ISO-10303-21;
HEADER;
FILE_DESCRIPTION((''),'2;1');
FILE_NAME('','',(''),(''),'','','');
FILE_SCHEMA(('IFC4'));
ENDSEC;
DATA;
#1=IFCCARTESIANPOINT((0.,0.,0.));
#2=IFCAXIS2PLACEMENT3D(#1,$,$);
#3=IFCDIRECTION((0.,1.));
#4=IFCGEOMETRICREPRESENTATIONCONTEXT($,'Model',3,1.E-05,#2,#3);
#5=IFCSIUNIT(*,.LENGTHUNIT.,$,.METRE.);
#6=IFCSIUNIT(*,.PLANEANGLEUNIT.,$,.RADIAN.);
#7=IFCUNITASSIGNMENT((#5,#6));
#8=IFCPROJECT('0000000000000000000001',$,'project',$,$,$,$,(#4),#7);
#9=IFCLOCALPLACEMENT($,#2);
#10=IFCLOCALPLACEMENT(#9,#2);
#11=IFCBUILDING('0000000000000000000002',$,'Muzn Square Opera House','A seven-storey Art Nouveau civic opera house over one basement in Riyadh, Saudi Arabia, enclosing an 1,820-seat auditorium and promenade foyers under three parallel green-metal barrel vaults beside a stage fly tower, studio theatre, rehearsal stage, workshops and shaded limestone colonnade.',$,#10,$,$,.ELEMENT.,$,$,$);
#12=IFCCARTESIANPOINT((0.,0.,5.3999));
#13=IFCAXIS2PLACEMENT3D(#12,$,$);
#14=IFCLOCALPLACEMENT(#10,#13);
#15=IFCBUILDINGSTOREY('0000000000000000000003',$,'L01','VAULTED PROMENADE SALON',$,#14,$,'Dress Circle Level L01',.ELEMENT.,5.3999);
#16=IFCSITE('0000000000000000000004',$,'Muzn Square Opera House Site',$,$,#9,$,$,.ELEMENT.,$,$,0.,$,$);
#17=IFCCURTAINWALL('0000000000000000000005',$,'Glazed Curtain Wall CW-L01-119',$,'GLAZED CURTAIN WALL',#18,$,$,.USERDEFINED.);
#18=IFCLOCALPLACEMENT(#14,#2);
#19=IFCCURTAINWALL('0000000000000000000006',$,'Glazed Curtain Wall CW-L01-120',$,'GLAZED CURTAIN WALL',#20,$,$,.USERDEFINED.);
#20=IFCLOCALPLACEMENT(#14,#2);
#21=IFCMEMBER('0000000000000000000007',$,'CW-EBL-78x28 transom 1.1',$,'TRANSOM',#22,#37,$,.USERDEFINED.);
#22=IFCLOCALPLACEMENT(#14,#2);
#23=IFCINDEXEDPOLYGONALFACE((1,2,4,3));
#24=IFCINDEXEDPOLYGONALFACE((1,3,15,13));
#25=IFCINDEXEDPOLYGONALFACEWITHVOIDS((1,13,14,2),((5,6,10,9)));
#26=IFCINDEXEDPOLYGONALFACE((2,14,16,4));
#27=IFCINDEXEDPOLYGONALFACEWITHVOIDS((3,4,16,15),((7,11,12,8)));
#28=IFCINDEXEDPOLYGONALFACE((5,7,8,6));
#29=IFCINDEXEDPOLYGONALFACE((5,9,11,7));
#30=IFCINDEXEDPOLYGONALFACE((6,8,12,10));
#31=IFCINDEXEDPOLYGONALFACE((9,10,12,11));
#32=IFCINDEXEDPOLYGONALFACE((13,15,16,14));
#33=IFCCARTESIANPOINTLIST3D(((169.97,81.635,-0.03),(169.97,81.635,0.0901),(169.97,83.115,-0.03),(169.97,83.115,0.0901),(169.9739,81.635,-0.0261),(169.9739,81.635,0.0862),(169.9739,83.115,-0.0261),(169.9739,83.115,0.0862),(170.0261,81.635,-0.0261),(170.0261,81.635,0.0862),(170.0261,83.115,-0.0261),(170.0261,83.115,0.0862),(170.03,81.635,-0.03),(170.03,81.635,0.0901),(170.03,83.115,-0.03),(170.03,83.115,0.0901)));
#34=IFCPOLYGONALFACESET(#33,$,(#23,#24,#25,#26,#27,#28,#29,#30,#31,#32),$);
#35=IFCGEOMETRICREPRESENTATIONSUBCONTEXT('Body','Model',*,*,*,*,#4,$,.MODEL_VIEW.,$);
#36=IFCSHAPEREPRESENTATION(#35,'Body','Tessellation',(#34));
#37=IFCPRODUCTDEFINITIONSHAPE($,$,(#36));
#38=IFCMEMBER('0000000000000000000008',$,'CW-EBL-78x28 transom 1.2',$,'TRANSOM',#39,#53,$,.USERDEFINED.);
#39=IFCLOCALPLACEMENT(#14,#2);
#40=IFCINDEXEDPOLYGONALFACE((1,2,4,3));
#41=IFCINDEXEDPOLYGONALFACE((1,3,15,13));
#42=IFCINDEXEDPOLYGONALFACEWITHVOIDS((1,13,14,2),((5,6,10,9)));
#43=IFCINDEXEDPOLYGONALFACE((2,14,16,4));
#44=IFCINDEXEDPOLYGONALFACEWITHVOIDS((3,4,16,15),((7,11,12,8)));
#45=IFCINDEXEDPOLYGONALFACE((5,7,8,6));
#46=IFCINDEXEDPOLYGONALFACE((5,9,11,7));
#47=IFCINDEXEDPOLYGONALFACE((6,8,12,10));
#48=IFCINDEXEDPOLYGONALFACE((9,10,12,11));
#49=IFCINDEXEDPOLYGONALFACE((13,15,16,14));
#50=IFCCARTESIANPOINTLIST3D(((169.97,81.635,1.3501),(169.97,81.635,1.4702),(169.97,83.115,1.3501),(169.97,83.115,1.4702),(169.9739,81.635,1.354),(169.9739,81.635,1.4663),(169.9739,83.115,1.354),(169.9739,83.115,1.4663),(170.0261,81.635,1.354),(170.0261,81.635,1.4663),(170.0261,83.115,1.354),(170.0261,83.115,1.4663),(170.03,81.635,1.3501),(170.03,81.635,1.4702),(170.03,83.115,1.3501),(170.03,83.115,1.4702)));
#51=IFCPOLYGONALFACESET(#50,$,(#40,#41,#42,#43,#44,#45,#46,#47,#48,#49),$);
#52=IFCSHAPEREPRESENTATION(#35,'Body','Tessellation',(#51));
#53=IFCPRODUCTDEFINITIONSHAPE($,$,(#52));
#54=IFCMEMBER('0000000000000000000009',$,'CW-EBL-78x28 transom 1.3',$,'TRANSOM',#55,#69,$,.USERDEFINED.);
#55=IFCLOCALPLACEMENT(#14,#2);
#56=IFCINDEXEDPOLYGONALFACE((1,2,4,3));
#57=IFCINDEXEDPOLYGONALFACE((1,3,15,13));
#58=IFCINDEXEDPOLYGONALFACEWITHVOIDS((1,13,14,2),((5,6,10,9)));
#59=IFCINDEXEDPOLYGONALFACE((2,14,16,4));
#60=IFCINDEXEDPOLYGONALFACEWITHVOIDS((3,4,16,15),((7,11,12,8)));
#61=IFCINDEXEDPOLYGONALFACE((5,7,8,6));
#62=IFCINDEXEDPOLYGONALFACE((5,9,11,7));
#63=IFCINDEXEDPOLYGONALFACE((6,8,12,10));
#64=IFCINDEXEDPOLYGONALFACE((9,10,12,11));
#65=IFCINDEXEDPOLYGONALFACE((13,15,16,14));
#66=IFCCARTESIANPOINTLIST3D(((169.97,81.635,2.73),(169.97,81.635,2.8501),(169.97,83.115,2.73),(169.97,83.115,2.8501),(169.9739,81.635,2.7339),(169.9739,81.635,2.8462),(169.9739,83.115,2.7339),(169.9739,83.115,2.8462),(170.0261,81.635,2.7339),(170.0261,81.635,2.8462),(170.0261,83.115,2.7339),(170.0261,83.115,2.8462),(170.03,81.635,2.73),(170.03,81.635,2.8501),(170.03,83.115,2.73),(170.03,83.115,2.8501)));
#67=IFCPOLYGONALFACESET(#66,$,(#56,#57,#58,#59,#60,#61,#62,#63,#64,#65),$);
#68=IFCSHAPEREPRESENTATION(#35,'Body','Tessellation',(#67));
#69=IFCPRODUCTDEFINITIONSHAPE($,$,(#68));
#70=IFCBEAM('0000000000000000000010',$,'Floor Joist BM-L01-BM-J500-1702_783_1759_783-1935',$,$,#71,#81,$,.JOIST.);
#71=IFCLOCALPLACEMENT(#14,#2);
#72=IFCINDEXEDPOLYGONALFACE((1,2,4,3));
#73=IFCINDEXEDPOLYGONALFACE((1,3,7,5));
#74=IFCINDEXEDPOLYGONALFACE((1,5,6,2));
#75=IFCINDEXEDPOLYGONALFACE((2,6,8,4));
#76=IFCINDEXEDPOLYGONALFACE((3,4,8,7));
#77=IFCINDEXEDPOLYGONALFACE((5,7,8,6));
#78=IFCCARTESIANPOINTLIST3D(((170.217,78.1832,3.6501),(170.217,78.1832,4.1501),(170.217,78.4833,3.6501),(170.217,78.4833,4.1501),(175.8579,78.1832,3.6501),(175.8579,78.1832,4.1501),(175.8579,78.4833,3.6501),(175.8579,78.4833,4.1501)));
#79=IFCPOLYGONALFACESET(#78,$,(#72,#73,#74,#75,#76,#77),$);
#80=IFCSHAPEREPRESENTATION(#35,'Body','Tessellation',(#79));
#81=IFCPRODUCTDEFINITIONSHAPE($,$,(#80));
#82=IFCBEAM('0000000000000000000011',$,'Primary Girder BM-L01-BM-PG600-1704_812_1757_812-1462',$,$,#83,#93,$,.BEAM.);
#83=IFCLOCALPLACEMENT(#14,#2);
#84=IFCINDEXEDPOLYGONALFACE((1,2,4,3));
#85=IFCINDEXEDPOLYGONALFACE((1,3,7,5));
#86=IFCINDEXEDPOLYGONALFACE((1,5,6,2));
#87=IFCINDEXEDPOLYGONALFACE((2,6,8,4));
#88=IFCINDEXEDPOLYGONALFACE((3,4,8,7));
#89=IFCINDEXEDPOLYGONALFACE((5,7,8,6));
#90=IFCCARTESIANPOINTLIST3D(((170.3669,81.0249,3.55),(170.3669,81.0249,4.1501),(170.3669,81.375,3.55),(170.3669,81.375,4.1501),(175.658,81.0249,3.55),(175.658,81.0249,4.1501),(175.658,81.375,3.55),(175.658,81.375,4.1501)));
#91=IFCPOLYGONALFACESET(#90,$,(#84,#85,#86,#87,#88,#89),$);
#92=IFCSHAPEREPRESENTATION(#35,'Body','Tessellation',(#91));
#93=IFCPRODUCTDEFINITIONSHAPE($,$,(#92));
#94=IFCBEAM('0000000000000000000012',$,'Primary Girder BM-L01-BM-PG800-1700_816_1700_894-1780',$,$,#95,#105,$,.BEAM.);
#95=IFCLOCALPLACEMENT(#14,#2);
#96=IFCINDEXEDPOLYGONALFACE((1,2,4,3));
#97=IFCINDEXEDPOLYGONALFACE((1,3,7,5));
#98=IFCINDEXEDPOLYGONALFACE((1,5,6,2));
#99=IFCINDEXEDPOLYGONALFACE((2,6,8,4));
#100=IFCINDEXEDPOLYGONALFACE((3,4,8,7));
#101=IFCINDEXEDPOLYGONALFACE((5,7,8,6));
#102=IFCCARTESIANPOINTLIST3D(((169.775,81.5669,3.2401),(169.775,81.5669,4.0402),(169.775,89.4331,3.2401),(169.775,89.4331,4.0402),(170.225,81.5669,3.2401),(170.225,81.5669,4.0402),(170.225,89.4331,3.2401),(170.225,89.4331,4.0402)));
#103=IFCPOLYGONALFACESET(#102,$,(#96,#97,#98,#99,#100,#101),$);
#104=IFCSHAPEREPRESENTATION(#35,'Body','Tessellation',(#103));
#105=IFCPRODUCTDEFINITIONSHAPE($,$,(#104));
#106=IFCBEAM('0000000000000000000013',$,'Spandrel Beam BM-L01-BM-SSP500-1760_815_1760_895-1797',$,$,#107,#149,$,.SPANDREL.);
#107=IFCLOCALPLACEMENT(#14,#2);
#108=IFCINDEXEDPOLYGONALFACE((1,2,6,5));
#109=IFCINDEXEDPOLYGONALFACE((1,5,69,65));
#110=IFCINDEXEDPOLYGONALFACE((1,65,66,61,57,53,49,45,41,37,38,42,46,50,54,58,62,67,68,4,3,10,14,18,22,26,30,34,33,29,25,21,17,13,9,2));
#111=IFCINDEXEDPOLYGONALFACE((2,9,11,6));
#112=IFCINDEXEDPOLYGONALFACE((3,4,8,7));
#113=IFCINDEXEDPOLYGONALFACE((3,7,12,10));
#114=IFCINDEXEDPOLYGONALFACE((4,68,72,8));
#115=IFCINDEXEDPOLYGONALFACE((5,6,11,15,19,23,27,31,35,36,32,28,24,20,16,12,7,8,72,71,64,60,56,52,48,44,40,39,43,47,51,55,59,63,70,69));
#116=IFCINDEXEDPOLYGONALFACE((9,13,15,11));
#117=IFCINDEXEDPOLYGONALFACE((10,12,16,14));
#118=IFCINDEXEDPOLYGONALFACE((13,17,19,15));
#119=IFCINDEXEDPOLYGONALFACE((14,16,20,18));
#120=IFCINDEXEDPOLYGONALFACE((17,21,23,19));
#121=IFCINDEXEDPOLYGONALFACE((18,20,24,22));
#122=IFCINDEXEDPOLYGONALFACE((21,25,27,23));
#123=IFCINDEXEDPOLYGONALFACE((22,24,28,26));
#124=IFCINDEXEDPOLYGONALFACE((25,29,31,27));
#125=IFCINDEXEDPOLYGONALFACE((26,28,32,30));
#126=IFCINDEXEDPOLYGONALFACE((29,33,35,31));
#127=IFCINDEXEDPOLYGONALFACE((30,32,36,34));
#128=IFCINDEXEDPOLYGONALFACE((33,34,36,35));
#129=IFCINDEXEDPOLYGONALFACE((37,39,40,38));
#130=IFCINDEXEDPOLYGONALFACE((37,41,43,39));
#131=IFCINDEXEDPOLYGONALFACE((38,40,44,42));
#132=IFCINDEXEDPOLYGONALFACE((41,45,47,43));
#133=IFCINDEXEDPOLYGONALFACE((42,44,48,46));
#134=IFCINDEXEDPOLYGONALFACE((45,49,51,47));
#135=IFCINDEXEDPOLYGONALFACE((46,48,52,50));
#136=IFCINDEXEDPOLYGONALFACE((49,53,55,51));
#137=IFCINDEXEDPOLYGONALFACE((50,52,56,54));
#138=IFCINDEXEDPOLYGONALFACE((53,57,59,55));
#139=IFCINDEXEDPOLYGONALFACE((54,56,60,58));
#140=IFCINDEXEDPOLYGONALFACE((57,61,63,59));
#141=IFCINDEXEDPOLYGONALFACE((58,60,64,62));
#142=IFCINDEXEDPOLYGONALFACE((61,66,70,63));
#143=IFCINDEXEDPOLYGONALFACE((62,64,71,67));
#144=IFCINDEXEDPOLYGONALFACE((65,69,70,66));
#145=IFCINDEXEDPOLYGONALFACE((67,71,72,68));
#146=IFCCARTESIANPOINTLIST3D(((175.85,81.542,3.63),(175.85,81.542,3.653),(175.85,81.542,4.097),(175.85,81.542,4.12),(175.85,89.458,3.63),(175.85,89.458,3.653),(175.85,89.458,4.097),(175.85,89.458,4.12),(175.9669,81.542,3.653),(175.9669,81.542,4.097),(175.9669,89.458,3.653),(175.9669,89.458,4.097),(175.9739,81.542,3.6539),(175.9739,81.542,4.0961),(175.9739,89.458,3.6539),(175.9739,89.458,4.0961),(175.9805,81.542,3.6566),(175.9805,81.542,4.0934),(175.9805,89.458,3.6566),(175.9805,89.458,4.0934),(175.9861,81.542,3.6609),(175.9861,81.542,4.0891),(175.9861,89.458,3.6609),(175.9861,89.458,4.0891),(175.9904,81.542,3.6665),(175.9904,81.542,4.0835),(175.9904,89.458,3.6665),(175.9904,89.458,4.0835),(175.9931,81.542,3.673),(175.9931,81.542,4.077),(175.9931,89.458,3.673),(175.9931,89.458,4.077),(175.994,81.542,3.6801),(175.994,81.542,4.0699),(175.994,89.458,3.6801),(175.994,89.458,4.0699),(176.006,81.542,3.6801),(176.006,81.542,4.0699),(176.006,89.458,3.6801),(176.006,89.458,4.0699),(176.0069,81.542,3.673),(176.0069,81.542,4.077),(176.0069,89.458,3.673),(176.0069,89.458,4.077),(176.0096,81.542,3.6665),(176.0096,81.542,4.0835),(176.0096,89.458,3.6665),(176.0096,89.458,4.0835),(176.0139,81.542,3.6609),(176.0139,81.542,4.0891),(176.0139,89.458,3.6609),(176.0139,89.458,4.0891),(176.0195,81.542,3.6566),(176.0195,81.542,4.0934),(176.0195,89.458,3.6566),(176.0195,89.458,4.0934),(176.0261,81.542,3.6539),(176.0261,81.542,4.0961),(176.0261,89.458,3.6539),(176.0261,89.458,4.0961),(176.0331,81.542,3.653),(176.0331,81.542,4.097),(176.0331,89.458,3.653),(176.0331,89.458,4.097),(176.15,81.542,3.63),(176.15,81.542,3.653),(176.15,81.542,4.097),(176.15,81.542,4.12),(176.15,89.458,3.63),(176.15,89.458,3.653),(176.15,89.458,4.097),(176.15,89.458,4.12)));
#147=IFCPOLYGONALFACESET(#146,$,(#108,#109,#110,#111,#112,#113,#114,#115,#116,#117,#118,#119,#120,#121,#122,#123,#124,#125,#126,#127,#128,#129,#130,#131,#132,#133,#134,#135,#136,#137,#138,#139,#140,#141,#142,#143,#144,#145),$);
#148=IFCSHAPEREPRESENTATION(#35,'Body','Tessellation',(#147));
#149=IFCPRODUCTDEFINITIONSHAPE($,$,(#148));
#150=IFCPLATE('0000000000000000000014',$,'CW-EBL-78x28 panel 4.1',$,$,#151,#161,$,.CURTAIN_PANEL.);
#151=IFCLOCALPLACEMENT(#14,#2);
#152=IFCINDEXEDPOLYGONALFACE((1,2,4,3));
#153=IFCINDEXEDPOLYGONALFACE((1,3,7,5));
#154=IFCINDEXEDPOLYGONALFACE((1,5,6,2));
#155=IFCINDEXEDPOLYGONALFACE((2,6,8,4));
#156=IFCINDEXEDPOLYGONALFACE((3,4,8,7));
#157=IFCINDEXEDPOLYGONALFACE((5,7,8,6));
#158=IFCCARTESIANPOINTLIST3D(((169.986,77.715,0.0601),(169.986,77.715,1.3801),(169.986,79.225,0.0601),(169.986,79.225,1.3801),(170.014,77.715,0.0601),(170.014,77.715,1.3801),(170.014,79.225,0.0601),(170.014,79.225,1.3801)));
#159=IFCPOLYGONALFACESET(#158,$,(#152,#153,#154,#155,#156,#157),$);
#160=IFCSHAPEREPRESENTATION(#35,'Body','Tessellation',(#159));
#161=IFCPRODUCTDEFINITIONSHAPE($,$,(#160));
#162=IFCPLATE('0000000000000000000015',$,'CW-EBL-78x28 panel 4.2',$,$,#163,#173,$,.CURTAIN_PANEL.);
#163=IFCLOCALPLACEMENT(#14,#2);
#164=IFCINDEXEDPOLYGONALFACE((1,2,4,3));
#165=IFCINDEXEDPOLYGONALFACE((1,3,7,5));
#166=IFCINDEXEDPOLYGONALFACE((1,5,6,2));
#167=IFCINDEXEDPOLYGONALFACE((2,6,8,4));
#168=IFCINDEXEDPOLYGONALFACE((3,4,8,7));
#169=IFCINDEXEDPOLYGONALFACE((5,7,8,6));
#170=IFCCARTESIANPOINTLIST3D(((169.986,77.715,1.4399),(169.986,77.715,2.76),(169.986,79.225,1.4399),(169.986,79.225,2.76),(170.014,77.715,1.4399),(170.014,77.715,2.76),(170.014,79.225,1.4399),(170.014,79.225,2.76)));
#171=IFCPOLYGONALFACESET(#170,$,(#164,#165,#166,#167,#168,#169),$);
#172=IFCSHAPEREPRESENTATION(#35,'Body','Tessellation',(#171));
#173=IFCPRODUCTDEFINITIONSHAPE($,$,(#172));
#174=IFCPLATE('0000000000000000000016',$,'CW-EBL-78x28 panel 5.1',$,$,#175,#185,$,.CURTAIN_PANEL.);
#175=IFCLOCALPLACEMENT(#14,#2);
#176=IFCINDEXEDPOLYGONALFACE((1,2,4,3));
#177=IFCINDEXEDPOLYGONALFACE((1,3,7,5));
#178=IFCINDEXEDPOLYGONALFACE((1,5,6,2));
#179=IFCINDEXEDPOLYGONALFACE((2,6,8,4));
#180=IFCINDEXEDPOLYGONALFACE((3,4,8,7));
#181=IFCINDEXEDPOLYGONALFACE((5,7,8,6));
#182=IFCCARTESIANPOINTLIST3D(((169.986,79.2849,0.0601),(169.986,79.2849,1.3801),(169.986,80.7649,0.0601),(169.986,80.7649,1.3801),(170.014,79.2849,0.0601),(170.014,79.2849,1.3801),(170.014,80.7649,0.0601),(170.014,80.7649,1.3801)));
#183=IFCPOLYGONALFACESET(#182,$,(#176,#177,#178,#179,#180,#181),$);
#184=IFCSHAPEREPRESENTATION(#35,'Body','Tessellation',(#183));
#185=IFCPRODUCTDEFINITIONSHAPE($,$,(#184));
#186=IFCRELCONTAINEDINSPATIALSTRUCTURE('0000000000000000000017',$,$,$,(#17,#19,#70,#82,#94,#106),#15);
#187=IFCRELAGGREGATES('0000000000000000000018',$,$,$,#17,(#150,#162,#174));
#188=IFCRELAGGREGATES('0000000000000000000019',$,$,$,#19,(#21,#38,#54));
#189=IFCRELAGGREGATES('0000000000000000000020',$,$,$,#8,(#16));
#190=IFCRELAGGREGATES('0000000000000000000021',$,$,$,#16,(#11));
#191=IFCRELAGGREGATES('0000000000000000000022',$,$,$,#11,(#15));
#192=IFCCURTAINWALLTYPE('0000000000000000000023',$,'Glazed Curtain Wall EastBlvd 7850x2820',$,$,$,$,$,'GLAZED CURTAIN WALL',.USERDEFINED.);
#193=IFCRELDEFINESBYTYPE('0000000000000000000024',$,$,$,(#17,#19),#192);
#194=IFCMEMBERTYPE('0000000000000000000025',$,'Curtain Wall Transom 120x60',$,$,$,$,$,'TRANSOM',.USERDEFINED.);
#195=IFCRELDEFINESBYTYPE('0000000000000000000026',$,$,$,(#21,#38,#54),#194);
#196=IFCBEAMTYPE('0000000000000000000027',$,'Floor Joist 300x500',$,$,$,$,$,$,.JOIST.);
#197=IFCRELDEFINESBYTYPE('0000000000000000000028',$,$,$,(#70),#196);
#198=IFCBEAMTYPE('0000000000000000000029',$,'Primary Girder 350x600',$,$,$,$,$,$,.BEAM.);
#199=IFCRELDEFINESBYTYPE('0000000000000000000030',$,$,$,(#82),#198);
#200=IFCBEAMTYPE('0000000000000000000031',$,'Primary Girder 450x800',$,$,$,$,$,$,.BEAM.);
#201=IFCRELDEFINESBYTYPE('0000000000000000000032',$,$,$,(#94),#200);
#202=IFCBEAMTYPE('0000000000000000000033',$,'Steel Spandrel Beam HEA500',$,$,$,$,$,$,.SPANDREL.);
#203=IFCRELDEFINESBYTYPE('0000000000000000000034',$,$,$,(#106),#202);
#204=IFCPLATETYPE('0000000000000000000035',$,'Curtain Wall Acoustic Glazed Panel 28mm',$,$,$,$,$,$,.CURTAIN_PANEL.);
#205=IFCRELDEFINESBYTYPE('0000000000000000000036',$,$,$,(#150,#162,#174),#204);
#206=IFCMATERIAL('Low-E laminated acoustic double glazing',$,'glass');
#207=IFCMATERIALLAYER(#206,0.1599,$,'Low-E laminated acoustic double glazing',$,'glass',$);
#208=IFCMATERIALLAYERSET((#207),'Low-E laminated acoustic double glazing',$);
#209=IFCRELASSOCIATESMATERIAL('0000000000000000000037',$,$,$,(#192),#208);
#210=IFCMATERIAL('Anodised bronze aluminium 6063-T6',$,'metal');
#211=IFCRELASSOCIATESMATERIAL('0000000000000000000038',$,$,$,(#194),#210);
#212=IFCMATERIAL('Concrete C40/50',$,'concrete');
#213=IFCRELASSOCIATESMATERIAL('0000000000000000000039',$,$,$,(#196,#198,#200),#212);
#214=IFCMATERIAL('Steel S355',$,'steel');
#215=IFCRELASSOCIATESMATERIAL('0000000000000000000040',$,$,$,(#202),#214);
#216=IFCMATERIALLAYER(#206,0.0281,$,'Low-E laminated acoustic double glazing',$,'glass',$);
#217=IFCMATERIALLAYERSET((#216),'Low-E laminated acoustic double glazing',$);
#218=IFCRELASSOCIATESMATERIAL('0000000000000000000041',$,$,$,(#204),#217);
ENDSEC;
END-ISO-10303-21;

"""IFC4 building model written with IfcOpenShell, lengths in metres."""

from ifc_helpers import new_model, si_unit, direction, frame, origin, origin_2d, place, context, subcontext, project, spatial, rectangle, hollow_rectangle, i_section, extrude, material, layer, layer_set, material_profile, profile_set, type_object, element, aggregate, save


model = new_model("IFC4")

# Units and contexts
model_context = context("Model", 3, precision=1e-05, world=origin(), true_north=direction((0.0, 1.0)))
body_context = subcontext(model_context, "Body", "Model", "MODEL_VIEW")
ifc_project = project(units=[si_unit("LENGTHUNIT", "METRE"), si_unit("PLANEANGLEUNIT", "RADIAN")], contexts=[model_context])

# Site, building, storey
site_placement = place(None, origin())
site = spatial("IfcSite", under=ifc_project, at=site_placement, Name="Muzn Square Opera House Site", CompositionType="ELEMENT", RefElevation=0.0)
building_placement = place(site_placement, origin())
building = spatial("IfcBuilding", under=site, at=building_placement, Name="Muzn Square Opera House", Description="A seven-storey Art Nouveau civic opera house over one basement in Riyadh, Saudi Arabia, enclosing an 1,820-seat auditorium and promenade foyers under three parallel green-metal barrel vaults beside a stage fly tower, studio theatre, rehearsal stage, workshops and shaded limestone colonnade.", CompositionType="ELEMENT")
storey_placement = place(building_placement, frame((0.0, 0.0, 5.3999)))
storey = spatial("IfcBuildingStorey", under=building, at=storey_placement, Name="L01", Description="VAULTED PROMENADE SALON", LongName="Dress Circle Level L01", CompositionType="ELEMENT", Elevation=5.3999)

# Curtain wall
ifc_material_1 = material(Name="Low-E laminated acoustic double glazing", Category="glass")
ifc_layer_1 = layer(ifc_material_1, 0.1599, Name="Low-E laminated acoustic double glazing", Category="glass")
ifc_layer_set_1 = layer_set([ifc_layer_1], Name="Low-E laminated acoustic double glazing")
curtain_wall_type = type_object("IfcCurtainWallType", Name="Glazed Curtain Wall EastBlvd 7850x2820", ElementType="GLAZED CURTAIN WALL", PredefinedType="USERDEFINED", material=ifc_layer_set_1)
curtain_wall_1_placement = place(storey_placement, origin())
curtain_wall_1 = element("IfcCurtainWall", 1, at=curtain_wall_1_placement, inside=storey, type_object=curtain_wall_type, Name="Glazed Curtain Wall CW-L01-119", ObjectType="GLAZED CURTAIN WALL", PredefinedType="USERDEFINED")
ifc_material_2 = material(Name="Anodised bronze aluminium 6063-T6", Category="metal")

# Curtain wall
curtain_wall_2_placement = place(storey_placement, origin())
curtain_wall_2 = element("IfcCurtainWall", 2, at=curtain_wall_2_placement, inside=storey, type_object=curtain_wall_type, Name="Glazed Curtain Wall CW-L01-120", ObjectType="GLAZED CURTAIN WALL", PredefinedType="USERDEFINED")

# Members
ifc_material_profile_1 = material_profile(ifc_material_2, hollow_rectangle(XDim=0.0601, YDim=0.1201, WallThickness=0.0039, at=origin_2d()), Name="ALU 120x60x4", Category="metal")
ifc_profile_set_1 = profile_set([ifc_material_profile_1], Name="Anodised bronze aluminium 6063-T6")
member_type_1 = type_object("IfcMemberType", Name="Curtain Wall Transom 120x60", ElementType="TRANSOM", PredefinedType="USERDEFINED", material=ifc_profile_set_1)
member_1_placement = place(storey_placement, frame((170.0, 81.635, 0.03), z_axis=(0.0, 1.0, 0.0), x_axis=(-1.0, 0.0, 0.0)))
member_1 = element("IfcMember", 3, at=member_1_placement, type_object=member_type_1, Name="CW-EBL-78x28 transom 1.1", ObjectType="TRANSOM", PredefinedType="USERDEFINED", context=body_context, shape_type="SweptSolid", body=[
    extrude(hollow_rectangle(XDim=0.0601, YDim=0.1201, WallThickness=0.0039, at=origin_2d()), origin(), (0.0, 0.0, 1.0), 1.48),
])
member_2_placement = place(storey_placement, frame((170.0, 81.635, 1.4102), z_axis=(0.0, 1.0, 0.0), x_axis=(-1.0, 0.0, 0.0)))
member_2 = element("IfcMember", 4, at=member_2_placement, type_object=member_type_1, Name="CW-EBL-78x28 transom 1.2", ObjectType="TRANSOM", PredefinedType="USERDEFINED", context=body_context, shape_type="SweptSolid", body=[
    extrude(hollow_rectangle(XDim=0.0601, YDim=0.1201, WallThickness=0.0039, at=origin_2d()), origin(), (0.0, 0.0, 1.0), 1.48),
])
member_3_placement = place(storey_placement, frame((170.0, 81.635, 2.79), z_axis=(0.0, 1.0, 0.0), x_axis=(-1.0, 0.0, 0.0)))
member_3 = element("IfcMember", 5, at=member_3_placement, type_object=member_type_1, Name="CW-EBL-78x28 transom 1.3", ObjectType="TRANSOM", PredefinedType="USERDEFINED", context=body_context, shape_type="SweptSolid", body=[
    extrude(hollow_rectangle(XDim=0.0601, YDim=0.1201, WallThickness=0.0039, at=origin_2d()), origin(), (0.0, 0.0, 1.0), 1.48),
])

# Beams
ifc_material_3 = material(Name="Concrete C40/50", Category="concrete")
ifc_material_profile_2 = material_profile(ifc_material_3, rectangle(XDim=0.3, YDim=0.5, at=origin_2d()), Name="RCJ 300x500", Category="concrete")
ifc_profile_set_2 = profile_set([ifc_material_profile_2], Name="Concrete C40/50")
beam_type_1 = type_object("IfcBeamType", Name="Floor Joist 300x500", PredefinedType="JOIST", material=ifc_profile_set_2)
beam_1_placement = place(storey_placement, frame((170.217, 78.3333, 3.9001), z_axis=(1.0, 0.0, 0.0), x_axis=(0.0, 1.0, 0.0)))
element("IfcBeam", 6, at=beam_1_placement, inside=storey, type_object=beam_type_1, Name="Floor Joist BM-L01-BM-J500-1702_783_1759_783-1935", PredefinedType="JOIST", context=body_context, shape_type="SweptSolid", body=[
    extrude(rectangle(XDim=0.3, YDim=0.5, at=origin_2d()), origin(), (0.0, 0.0, 1.0), 5.6409),
])
ifc_material_profile_3 = material_profile(ifc_material_3, rectangle(XDim=0.3501, YDim=0.6001, at=origin_2d()), Name="RCB 350x600", Category="concrete")
ifc_profile_set_3 = profile_set([ifc_material_profile_3], Name="Concrete C40/50")
beam_type_2 = type_object("IfcBeamType", Name="Primary Girder 350x600", PredefinedType="BEAM", material=ifc_profile_set_3)
beam_2_placement = place(storey_placement, frame((170.3669, 81.2, 3.8501), z_axis=(1.0, 0.0, 0.0), x_axis=(0.0, 1.0, 0.0)))
element("IfcBeam", 7, at=beam_2_placement, inside=storey, type_object=beam_type_2, Name="Primary Girder BM-L01-BM-PG600-1704_812_1757_812-1462", PredefinedType="BEAM", context=body_context, shape_type="SweptSolid", body=[
    extrude(rectangle(XDim=0.3501, YDim=0.6001, at=origin_2d()), origin(), (0.0, 0.0, 1.0), 5.291),
])
ifc_material_profile_4 = material_profile(ifc_material_3, rectangle(XDim=0.45, YDim=0.8, at=origin_2d()), Name="RCB 450x800", Category="concrete")
ifc_profile_set_4 = profile_set([ifc_material_profile_4], Name="Concrete C40/50")
beam_type_3 = type_object("IfcBeamType", Name="Primary Girder 450x800", PredefinedType="BEAM", material=ifc_profile_set_4)
beam_3_placement = place(storey_placement, frame((170.0, 81.5669, 3.6401), z_axis=(0.0, 1.0, 0.0), x_axis=(-1.0, 0.0, 0.0)))
element("IfcBeam", 8, at=beam_3_placement, inside=storey, type_object=beam_type_3, Name="Primary Girder BM-L01-BM-PG800-1700_816_1700_894-1780", PredefinedType="BEAM", context=body_context, shape_type="SweptSolid", body=[
    extrude(rectangle(XDim=0.45, YDim=0.8, at=origin_2d()), origin(), (0.0, 0.0, 1.0), 7.8662),
])
ifc_material_4 = material(Name="Steel S355", Category="steel")
ifc_material_profile_5 = material_profile(ifc_material_4, i_section(OverallWidth=0.3, OverallDepth=0.49, WebThickness=0.012, FlangeThickness=0.0229, FilletRadius=0.0271, at=origin_2d()), Name="HEA 500", Category="steel")
ifc_profile_set_5 = profile_set([ifc_material_profile_5], Name="Steel S355")
beam_type_4 = type_object("IfcBeamType", Name="Steel Spandrel Beam HEA500", PredefinedType="SPANDREL", material=ifc_profile_set_5)
beam_4_placement = place(storey_placement, frame((176.0, 81.542, 3.875), z_axis=(0.0, 1.0, 0.0), x_axis=(-1.0, 0.0, 0.0)))
element("IfcBeam", 9, at=beam_4_placement, inside=storey, type_object=beam_type_4, Name="Spandrel Beam BM-L01-BM-SSP500-1760_815_1760_895-1797", PredefinedType="SPANDREL", context=body_context, shape_type="SweptSolid", body=[
    extrude(i_section(OverallWidth=0.3, OverallDepth=0.49, WebThickness=0.012, FlangeThickness=0.0229, FilletRadius=0.0271, at=origin_2d()), origin(), (0.0, 0.0, 1.0), 7.916),
])

# Plates
ifc_layer_2 = layer(ifc_material_1, 0.0281, Name="Low-E laminated acoustic double glazing", Category="glass")
ifc_layer_set_2 = layer_set([ifc_layer_2], Name="Low-E laminated acoustic double glazing")
plate_type = type_object("IfcPlateType", Name="Curtain Wall Acoustic Glazed Panel 28mm", PredefinedType="CURTAIN_PANEL", material=ifc_layer_set_2)
plate_1_placement = place(storey_placement, frame((170.0, 78.47, 0.0601), z_axis=(0.0, 0.0, 1.0), x_axis=(0.0, 1.0, 0.0)))
plate_1 = element("IfcPlate", 10, at=plate_1_placement, type_object=plate_type, Name="CW-EBL-78x28 panel 4.1", PredefinedType="CURTAIN_PANEL", context=body_context, shape_type="SweptSolid", body=[
    extrude(rectangle(XDim=1.51, YDim=0.0281, at=origin_2d()), origin(), (0.0, 0.0, 1.0), 1.3201),
])
plate_2_placement = place(storey_placement, frame((170.0, 78.47, 1.4399), z_axis=(0.0, 0.0, 1.0), x_axis=(0.0, 1.0, 0.0)))
plate_2 = element("IfcPlate", 11, at=plate_2_placement, type_object=plate_type, Name="CW-EBL-78x28 panel 4.2", PredefinedType="CURTAIN_PANEL", context=body_context, shape_type="SweptSolid", body=[
    extrude(rectangle(XDim=1.51, YDim=0.0281, at=origin_2d()), origin(), (0.0, 0.0, 1.0), 1.3201),
])
plate_3_placement = place(storey_placement, frame((170.0, 80.0249, 0.0601), z_axis=(0.0, 0.0, 1.0), x_axis=(0.0, 1.0, 0.0)))
plate_3 = element("IfcPlate", 12, at=plate_3_placement, type_object=plate_type, Name="CW-EBL-78x28 panel 5.1", PredefinedType="CURTAIN_PANEL", context=body_context, shape_type="SweptSolid", body=[
    extrude(rectangle(XDim=1.48, YDim=0.0281, at=origin_2d()), origin(), (0.0, 0.0, 1.0), 1.3201),
])
aggregate(curtain_wall_1, [plate_1, plate_2, plate_3])
aggregate(curtain_wall_2, [member_1, member_2, member_3])

save(model, "model.ifc")
